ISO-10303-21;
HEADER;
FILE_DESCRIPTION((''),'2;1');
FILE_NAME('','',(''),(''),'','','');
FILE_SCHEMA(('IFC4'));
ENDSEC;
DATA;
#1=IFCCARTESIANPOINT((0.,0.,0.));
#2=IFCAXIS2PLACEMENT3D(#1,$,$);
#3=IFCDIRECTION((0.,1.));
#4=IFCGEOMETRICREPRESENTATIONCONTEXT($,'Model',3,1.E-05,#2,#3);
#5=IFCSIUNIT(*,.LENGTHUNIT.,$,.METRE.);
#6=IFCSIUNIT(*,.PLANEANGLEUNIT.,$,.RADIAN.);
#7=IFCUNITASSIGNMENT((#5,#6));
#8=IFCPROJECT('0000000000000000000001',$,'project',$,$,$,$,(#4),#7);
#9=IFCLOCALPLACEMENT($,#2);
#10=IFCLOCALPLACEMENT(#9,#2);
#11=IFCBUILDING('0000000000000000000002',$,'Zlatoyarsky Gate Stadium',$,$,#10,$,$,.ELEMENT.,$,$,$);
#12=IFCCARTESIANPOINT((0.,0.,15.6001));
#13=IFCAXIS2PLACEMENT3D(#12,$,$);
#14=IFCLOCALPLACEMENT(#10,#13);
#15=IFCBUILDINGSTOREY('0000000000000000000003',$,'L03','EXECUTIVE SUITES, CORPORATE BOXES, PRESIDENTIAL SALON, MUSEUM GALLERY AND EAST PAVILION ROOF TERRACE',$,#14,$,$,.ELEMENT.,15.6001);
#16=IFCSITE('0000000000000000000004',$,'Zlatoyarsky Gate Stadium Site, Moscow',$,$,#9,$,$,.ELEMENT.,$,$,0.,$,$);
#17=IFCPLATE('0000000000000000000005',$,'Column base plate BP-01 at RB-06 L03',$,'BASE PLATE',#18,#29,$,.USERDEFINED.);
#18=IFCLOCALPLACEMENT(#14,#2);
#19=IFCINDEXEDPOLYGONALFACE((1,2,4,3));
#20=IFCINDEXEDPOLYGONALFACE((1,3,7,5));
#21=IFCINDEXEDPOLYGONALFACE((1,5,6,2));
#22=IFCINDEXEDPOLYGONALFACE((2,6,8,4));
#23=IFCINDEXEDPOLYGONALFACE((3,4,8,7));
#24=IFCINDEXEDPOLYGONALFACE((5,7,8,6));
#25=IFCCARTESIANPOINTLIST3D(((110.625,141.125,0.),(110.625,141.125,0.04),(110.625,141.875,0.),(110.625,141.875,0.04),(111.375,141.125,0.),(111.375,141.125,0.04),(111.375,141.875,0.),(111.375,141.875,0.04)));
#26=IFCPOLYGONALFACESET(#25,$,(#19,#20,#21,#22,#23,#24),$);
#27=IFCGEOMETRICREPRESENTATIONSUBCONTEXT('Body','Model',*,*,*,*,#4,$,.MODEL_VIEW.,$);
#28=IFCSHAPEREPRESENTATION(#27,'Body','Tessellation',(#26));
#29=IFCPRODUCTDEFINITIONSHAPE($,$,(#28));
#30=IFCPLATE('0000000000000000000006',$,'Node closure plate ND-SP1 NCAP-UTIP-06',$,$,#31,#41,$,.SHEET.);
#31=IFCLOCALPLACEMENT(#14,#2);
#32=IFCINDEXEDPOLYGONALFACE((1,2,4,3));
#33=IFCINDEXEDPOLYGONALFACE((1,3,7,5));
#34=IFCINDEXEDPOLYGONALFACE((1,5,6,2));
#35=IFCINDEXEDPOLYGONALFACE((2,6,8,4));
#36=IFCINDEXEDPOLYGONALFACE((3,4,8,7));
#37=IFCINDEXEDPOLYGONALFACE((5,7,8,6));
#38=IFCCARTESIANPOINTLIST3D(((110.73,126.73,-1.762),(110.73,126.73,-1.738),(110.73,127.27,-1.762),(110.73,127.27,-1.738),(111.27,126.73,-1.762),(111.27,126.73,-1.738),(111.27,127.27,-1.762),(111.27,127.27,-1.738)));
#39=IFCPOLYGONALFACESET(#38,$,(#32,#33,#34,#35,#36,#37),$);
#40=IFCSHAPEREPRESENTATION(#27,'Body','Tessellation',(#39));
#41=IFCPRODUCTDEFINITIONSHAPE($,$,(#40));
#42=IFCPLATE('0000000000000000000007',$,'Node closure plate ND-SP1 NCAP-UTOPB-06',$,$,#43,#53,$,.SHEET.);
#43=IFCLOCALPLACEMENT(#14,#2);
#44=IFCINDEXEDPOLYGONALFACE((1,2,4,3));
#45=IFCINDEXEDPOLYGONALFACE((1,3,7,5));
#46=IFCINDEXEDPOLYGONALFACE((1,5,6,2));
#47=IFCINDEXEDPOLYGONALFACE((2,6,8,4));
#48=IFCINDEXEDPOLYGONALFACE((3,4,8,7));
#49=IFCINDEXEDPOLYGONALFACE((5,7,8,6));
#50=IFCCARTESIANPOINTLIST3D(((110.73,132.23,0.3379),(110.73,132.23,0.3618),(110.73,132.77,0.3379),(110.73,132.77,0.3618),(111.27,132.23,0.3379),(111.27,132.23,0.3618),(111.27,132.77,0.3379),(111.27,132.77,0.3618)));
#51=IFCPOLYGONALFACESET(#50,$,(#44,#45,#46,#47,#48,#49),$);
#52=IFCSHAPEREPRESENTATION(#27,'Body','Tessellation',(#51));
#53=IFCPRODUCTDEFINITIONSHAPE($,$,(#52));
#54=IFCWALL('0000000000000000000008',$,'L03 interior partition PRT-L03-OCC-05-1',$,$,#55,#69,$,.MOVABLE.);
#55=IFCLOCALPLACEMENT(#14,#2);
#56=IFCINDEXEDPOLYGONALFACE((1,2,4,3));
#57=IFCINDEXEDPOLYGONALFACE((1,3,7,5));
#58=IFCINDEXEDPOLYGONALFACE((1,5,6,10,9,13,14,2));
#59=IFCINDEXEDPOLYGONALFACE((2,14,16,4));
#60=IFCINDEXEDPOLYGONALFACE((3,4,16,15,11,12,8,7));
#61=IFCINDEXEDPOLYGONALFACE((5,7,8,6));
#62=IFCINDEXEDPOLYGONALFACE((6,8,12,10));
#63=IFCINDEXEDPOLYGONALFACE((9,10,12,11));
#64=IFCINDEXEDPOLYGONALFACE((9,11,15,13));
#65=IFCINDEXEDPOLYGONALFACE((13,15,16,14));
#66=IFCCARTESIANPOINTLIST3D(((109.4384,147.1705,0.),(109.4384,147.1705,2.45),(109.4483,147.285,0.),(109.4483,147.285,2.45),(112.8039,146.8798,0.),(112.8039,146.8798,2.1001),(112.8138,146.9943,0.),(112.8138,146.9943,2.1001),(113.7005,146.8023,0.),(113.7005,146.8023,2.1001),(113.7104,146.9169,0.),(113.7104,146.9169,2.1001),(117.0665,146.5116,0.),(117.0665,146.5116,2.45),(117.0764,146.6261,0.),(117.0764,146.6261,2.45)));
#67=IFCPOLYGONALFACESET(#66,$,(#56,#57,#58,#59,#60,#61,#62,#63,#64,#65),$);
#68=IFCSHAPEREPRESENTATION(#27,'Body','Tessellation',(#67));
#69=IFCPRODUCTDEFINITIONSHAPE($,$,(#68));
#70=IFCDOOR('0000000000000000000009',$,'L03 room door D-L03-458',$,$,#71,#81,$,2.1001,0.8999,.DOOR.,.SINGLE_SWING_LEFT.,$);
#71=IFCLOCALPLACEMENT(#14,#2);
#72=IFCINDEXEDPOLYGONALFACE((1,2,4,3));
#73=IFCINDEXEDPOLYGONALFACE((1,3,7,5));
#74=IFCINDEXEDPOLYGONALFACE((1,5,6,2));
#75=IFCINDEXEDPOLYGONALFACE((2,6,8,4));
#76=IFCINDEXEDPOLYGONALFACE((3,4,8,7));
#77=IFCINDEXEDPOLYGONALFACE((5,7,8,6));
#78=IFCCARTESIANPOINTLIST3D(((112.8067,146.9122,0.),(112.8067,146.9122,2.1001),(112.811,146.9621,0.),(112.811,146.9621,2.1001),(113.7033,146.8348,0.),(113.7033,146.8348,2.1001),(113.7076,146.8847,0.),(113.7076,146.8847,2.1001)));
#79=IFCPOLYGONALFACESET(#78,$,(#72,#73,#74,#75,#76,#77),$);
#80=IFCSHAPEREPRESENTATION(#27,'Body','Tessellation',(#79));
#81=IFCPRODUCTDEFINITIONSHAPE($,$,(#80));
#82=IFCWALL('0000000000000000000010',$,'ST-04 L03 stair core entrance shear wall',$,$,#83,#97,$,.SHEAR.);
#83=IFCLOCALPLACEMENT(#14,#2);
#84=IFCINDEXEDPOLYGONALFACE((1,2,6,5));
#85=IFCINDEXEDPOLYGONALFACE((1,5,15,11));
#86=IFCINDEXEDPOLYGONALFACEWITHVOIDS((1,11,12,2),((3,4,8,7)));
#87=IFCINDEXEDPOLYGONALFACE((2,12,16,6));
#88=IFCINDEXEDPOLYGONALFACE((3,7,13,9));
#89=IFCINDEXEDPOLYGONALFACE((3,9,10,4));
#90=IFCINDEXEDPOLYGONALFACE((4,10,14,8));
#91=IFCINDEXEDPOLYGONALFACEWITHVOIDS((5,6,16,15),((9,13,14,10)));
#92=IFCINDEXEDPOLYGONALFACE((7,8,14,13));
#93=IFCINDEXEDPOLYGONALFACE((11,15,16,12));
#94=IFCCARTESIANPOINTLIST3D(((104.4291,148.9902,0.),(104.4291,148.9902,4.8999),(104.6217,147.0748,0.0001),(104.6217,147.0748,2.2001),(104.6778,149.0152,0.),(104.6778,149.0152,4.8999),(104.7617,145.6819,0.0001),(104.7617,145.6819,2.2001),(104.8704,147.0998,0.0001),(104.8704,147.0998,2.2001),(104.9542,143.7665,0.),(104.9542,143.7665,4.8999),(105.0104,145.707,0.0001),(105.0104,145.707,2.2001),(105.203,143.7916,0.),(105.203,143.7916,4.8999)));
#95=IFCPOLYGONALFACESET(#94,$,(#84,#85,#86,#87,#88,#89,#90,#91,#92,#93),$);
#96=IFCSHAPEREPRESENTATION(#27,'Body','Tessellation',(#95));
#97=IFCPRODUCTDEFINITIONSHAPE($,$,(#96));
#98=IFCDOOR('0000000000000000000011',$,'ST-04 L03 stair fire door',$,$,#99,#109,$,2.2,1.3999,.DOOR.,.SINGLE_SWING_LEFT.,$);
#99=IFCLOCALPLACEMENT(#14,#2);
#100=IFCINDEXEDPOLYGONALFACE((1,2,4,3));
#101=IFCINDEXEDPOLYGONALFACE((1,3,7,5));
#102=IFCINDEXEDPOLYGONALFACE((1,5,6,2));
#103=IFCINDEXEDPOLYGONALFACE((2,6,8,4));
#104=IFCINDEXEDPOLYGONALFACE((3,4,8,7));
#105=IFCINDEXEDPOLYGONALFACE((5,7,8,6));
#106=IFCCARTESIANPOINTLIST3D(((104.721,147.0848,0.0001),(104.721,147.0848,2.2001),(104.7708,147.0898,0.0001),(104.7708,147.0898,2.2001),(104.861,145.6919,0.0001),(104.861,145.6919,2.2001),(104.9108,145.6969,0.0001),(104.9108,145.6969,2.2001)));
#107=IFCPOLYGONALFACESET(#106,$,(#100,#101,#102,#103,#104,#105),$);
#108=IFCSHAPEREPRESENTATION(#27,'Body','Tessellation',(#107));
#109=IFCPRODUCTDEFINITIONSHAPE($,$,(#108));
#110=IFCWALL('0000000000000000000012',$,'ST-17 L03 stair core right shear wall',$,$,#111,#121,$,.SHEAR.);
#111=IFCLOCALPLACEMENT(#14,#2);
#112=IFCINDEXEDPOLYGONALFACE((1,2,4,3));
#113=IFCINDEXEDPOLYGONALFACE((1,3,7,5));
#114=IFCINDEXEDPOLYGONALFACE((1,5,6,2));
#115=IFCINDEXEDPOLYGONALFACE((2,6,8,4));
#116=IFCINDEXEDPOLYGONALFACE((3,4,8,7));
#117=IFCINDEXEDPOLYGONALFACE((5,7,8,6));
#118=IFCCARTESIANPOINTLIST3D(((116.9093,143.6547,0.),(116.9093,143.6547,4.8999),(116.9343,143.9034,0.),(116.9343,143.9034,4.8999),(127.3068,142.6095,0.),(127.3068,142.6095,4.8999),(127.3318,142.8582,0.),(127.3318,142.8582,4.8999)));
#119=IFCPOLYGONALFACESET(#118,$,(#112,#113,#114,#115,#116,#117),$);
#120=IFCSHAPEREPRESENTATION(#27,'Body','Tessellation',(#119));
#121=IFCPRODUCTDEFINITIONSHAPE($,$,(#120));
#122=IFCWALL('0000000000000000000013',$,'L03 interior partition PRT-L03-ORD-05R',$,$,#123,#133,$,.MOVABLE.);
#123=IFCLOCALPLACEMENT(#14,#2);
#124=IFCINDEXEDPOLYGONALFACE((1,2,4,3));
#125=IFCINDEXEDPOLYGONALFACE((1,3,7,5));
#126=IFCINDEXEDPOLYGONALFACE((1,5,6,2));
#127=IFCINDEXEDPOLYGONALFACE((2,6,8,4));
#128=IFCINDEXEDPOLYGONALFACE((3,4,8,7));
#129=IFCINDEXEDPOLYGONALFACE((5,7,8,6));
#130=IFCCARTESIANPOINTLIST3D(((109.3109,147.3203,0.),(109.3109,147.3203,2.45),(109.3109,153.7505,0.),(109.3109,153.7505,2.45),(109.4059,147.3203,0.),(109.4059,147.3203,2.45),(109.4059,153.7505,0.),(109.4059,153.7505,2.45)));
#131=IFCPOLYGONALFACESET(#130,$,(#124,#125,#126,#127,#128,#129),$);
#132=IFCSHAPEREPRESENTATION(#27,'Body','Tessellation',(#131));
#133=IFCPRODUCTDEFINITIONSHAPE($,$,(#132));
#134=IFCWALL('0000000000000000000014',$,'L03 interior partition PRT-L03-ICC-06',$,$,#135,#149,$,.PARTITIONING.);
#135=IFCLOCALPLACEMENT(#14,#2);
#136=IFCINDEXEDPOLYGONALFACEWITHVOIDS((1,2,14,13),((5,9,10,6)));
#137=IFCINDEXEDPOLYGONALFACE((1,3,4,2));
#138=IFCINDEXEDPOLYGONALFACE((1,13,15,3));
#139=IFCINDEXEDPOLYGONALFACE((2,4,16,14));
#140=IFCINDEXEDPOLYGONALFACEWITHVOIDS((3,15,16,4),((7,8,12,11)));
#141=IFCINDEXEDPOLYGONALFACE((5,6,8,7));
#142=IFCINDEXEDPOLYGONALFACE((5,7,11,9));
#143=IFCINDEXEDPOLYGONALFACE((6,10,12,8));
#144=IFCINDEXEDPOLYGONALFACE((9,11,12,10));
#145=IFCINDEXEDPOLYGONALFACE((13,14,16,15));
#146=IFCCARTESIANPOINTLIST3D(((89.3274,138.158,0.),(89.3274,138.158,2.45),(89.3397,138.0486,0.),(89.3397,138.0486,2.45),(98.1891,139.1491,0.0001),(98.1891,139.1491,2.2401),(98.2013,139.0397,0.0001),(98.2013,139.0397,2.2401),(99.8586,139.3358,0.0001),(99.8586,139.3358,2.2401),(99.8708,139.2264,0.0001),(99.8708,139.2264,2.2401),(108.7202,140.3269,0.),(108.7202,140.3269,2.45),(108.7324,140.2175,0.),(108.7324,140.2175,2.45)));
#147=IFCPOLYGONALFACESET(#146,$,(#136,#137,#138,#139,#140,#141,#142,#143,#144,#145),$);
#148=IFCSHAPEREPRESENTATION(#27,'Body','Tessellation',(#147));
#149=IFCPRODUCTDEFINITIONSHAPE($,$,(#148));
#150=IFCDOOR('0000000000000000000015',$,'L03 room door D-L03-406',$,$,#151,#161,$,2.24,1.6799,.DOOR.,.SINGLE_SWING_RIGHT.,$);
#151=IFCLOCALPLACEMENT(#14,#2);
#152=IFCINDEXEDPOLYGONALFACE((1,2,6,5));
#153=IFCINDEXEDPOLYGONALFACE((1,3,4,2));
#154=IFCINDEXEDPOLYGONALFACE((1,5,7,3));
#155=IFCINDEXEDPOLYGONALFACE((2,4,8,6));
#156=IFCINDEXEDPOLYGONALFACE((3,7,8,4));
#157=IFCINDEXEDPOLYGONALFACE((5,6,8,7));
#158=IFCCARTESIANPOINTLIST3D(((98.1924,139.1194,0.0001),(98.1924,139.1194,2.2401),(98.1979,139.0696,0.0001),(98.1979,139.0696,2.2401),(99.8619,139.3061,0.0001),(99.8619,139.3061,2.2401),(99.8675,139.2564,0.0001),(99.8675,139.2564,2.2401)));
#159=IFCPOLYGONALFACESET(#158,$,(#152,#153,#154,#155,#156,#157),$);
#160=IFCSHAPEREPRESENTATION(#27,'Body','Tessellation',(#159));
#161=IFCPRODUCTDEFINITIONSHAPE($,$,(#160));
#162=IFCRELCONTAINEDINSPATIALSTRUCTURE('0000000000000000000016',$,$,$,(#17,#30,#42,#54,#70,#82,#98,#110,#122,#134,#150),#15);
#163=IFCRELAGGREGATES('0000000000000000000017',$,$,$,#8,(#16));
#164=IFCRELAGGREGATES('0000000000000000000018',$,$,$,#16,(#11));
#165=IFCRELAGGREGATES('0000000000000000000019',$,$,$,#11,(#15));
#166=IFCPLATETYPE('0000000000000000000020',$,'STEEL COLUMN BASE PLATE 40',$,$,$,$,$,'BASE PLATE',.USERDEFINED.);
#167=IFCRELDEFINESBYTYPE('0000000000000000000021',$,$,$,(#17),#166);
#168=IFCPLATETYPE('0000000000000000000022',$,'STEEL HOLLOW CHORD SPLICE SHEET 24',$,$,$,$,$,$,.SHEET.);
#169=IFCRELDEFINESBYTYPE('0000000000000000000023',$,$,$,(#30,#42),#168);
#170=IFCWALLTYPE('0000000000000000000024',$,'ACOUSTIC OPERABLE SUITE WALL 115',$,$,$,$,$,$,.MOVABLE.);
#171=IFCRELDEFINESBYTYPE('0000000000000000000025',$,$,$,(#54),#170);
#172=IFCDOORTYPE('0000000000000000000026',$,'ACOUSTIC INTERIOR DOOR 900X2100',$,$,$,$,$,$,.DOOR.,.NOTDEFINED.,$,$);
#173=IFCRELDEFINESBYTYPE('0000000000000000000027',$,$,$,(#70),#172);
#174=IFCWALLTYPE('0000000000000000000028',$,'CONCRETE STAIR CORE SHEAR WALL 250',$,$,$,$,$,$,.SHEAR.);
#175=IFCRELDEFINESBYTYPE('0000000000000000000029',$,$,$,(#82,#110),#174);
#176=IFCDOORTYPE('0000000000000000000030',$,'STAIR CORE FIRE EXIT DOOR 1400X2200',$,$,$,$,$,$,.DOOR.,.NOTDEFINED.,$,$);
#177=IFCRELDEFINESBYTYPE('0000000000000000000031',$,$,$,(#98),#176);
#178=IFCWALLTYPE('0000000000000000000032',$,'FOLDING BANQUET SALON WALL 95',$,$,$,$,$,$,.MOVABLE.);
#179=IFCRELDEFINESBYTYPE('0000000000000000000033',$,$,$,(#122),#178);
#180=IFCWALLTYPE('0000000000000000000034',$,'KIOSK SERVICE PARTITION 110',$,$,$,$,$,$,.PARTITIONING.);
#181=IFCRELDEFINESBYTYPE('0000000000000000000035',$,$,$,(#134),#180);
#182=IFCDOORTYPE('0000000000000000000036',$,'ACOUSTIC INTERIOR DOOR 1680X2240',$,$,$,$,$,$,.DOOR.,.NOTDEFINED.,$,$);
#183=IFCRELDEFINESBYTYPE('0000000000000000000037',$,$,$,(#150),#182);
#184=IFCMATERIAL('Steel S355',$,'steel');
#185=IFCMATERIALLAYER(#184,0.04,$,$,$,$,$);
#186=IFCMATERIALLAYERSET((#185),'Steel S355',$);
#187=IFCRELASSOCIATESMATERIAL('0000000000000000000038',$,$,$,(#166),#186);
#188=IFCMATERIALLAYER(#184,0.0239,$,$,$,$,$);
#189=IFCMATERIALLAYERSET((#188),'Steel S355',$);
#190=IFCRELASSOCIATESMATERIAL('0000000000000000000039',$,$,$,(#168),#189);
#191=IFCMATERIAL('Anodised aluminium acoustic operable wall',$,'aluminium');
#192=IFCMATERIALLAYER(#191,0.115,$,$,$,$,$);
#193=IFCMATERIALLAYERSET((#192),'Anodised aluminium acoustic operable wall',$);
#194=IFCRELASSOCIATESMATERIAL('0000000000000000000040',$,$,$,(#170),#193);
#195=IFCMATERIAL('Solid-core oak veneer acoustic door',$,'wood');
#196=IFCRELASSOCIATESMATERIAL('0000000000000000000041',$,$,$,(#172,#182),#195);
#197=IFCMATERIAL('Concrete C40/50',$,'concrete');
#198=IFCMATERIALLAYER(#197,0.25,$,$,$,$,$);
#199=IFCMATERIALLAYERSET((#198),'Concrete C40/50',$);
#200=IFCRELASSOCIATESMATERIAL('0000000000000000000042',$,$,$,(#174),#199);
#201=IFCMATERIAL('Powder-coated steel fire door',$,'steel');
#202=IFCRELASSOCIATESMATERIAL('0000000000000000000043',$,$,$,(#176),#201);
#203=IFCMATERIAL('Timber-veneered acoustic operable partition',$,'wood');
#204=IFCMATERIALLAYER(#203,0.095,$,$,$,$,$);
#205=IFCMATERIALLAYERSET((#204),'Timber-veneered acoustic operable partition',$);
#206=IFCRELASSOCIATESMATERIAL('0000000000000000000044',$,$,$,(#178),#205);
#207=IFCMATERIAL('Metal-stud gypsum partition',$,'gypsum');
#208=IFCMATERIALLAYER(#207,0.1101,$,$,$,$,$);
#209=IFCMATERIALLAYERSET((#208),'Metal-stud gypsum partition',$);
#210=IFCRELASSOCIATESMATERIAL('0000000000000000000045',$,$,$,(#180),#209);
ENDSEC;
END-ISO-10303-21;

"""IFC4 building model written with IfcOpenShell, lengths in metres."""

from ifc_helpers import new_model, si_unit, direction, frame, frame_2d, origin, origin_2d, place, context, subcontext, project, spatial, rectangle, extrude, material, layer, layer_set, type_object, element, fill, save


model = new_model("IFC4")

# Units and contexts
model_context = context("Model", 3, precision=1e-05, world=origin(), true_north=direction((0.0, 1.0)))
body_context = subcontext(model_context, "Body", "Model", "MODEL_VIEW")
ifc_project = project(units=[si_unit("LENGTHUNIT", "METRE"), si_unit("PLANEANGLEUNIT", "RADIAN")], contexts=[model_context])

# Site, building, storey
site_placement = place(None, origin())
site = spatial("IfcSite", under=ifc_project, at=site_placement, Name="Zlatoyarsky Gate Stadium Site, Moscow", CompositionType="ELEMENT", RefElevation=0.0)
building_placement = place(site_placement, origin())
building = spatial("IfcBuilding", under=site, at=building_placement, Name="Zlatoyarsky Gate Stadium", CompositionType="ELEMENT")
storey_placement = place(building_placement, frame((0.0, 0.0, 15.6001)))
storey = spatial("IfcBuildingStorey", under=building, at=storey_placement, Name="L03", Description="EXECUTIVE SUITES, CORPORATE BOXES, PRESIDENTIAL SALON, MUSEUM GALLERY AND EAST PAVILION ROOF TERRACE", CompositionType="ELEMENT", Elevation=15.6001)

# Shared definitions
ifc_material_1 = material(Name="Steel S355", Category="steel")

# Plates
ifc_layer_1 = layer(ifc_material_1, 0.04)
ifc_layer_set_1 = layer_set([ifc_layer_1], Name="Steel S355")
plate_type_1 = type_object("IfcPlateType", Name="STEEL COLUMN BASE PLATE 40", ElementType="BASE PLATE", PredefinedType="USERDEFINED", material=ifc_layer_set_1)
plate_placement = place(storey_placement, frame((111.0, 141.5, 0.0), z_axis=(0.0, 0.0, 1.0), x_axis=(1.0, 0.0, 0.0)))
element("IfcPlate", 1, at=plate_placement, inside=storey, type_object=plate_type_1, Name="Column base plate BP-01 at RB-06 L03", ObjectType="BASE PLATE", PredefinedType="USERDEFINED", context=body_context, shape_type="SweptSolid", body=[
    extrude(rectangle(XDim=0.75, YDim=0.75, at=origin_2d()), origin(), (0.0, 0.0, 1.0), 0.04),
])
ifc_layer_2 = layer(ifc_material_1, 0.0239)
ifc_layer_set_2 = layer_set([ifc_layer_2], Name="Steel S355")
plate_type_2 = type_object("IfcPlateType", Name="STEEL HOLLOW CHORD SPLICE SHEET 24", PredefinedType="SHEET", material=ifc_layer_set_2)
for number, where, z_axis, x_axis, name in (
    (2, (111.0, 127.0, -1.762), (0.0, 0.0, 1.0), (1.0, 0.0, 0.0), "Node closure plate ND-SP1 NCAP-UTIP-06"),
    (3, (111.0, 132.5, 0.3379), (0.0, 0.0, 1.0), (1.0, 0.0, 0.0), "Node closure plate ND-SP1 NCAP-UTOPB-06"),
):
    element("IfcPlate", number, at=place(storey_placement, frame(where, z_axis=z_axis, x_axis=x_axis)), inside=storey, type_object=plate_type_2, Name=name, PredefinedType="SHEET", context=body_context, shape_type="SweptSolid", body=[
        extrude(rectangle(XDim=0.54, YDim=0.54, at=origin_2d()), origin(), (0.0, 0.0, 1.0), 0.0239),
    ])

# Walls, openings, doors
ifc_material_2 = material(Name="Anodised aluminium acoustic operable wall", Category="aluminium")
ifc_layer_3 = layer(ifc_material_2, 0.115)
ifc_layer_set_3 = layer_set([ifc_layer_3], Name="Anodised aluminium acoustic operable wall")
wall_type_1 = type_object("IfcWallType", Name="ACOUSTIC OPERABLE SUITE WALL 115", PredefinedType="MOVABLE", material=ifc_layer_set_3)
wall_1_placement = place(storey_placement, frame((117.0713, 146.5688, 0.0), z_axis=(0.0, 0.0, 1.0), x_axis=(-0.99629, 0.086061, 0.0)))
wall_1 = element("IfcWall", 4, at=wall_1_placement, inside=storey, type_object=wall_type_1, Name="L03 interior partition PRT-L03-OCC-05-1", PredefinedType="MOVABLE", context=body_context, shape_type="SweptSolid", body=[
    extrude(rectangle(XDim=7.6565, YDim=0.115, at=frame_2d((3.8281, 0.0))), origin(), (0.0, 0.0, 1.0), 2.45),
])
opening_1_placement = place(wall_1_placement, frame((3.3784, 0.0, 0.0)))
opening_1 = element("IfcOpeningElement", 5, at=opening_1_placement, cuts=wall_1, PredefinedType="OPENING", context=body_context, shape_type="SweptSolid", body=[
    extrude(rectangle(XDim=0.8999, YDim=2.1001, at=frame_2d((0.45, 1.05))), frame((0.0, 0.0674, 0.0), z_axis=(0.0, -1.0, 0.0), x_axis=(1.0, 0.0, 0.0)), (0.0, 0.0, 1.0), 0.135),
])
ifc_material_3 = material(Name="Solid-core oak veneer acoustic door", Category="wood")
door_type_1 = type_object("IfcDoorType", Name="ACOUSTIC INTERIOR DOOR 900X2100", OperationType="NOTDEFINED", PredefinedType="DOOR", material=ifc_material_3)
door_1_placement = place(opening_1_placement, origin())
door_1 = element("IfcDoor", 6, at=door_1_placement, inside=storey, type_object=door_type_1, Name="L03 room door D-L03-458", OperationType="SINGLE_SWING_LEFT", OverallHeight=2.1001, OverallWidth=0.8999, PredefinedType="DOOR", context=body_context, shape_type="SweptSolid", body=[
    extrude(rectangle(XDim=0.8999, YDim=2.1001, at=frame_2d((0.45, 1.05))), frame((0.0, 0.0249, 0.0), z_axis=(0.0, -1.0, 0.0), x_axis=(1.0, 0.0, 0.0)), (0.0, 0.0, 1.0), 0.05),
])
fill(opening_1, door_1)
ifc_material_4 = material(Name="Concrete C40/50", Category="concrete")
ifc_layer_4 = layer(ifc_material_4, 0.25)
ifc_layer_set_4 = layer_set([ifc_layer_4], Name="Concrete C40/50")
wall_type_2 = type_object("IfcWallType", Name="CONCRETE STAIR CORE SHEAR WALL 250", PredefinedType="SHEAR", material=ifc_layer_set_4)
wall_2_placement = place(storey_placement, frame((105.0786, 143.7791, 0.0), z_axis=(0.0, 0.0, 1.0), x_axis=(-0.100029, 0.994985, 0.0)))
wall_2 = element("IfcWall", 7, at=wall_2_placement, inside=storey, type_object=wall_type_2, Name="ST-04 L03 stair core entrance shear wall", PredefinedType="SHEAR", context=body_context, shape_type="SweptSolid", body=[
    extrude(rectangle(XDim=5.25, YDim=0.25, at=frame_2d((2.625, 0.0))), origin(), (0.0, 0.0, 1.0), 4.8999),
])
opening_2_placement = place(wall_2_placement, frame((1.925, 0.0, 0.0)))
opening_2 = element("IfcOpeningElement", 8, at=opening_2_placement, cuts=wall_2, PredefinedType="OPENING", context=body_context, shape_type="SweptSolid", body=[
    extrude(rectangle(XDim=1.3999, YDim=2.2, at=frame_2d((0.7, 1.1001))), frame((0.0, 0.135, 0.0), z_axis=(0.0, -1.0, 0.0), x_axis=(1.0, 0.0, 0.0)), (0.0, 0.0, 1.0), 0.27),
])
ifc_material_5 = material(Name="Powder-coated steel fire door", Category="steel")
door_type_2 = type_object("IfcDoorType", Name="STAIR CORE FIRE EXIT DOOR 1400X2200", OperationType="NOTDEFINED", PredefinedType="DOOR", material=ifc_material_5)
door_2_placement = place(opening_2_placement, frame((1.3999, 0.0, 0.0), z_axis=(0.0, 0.0, 1.0), x_axis=(-1.0, 0.0, 0.0)))
door_2 = element("IfcDoor", 9, at=door_2_placement, inside=storey, type_object=door_type_2, Name="ST-04 L03 stair fire door", OperationType="SINGLE_SWING_LEFT", OverallHeight=2.2, OverallWidth=1.3999, PredefinedType="DOOR", context=body_context, shape_type="SweptSolid", body=[
    extrude(rectangle(XDim=1.3999, YDim=2.2, at=frame_2d((0.7, 1.1001))), frame((0.0, 0.0249, 0.0), z_axis=(0.0, -1.0, 0.0), x_axis=(1.0, 0.0, 0.0)), (0.0, 0.0, 1.0), 0.05),
])
fill(opening_2, door_2)

# Walls
wall_3_placement = place(storey_placement, frame((116.9216, 143.7791, 0.0), z_axis=(0.0, 0.0, 1.0), x_axis=(0.994986, -0.100017, 0.0)))
element("IfcWall", 10, at=wall_3_placement, inside=storey, type_object=wall_type_2, Name="ST-17 L03 stair core right shear wall", PredefinedType="SHEAR", context=body_context, shape_type="SweptSolid", body=[
    extrude(rectangle(XDim=10.45, YDim=0.25, at=frame_2d((5.2251, 0.0))), origin(), (0.0, 0.0, 1.0), 4.8999),
])
ifc_material_6 = material(Name="Timber-veneered acoustic operable partition", Category="wood")
ifc_layer_5 = layer(ifc_material_6, 0.095)
ifc_layer_set_5 = layer_set([ifc_layer_5], Name="Timber-veneered acoustic operable partition")
wall_type_3 = type_object("IfcWallType", Name="FOLDING BANQUET SALON WALL 95", PredefinedType="MOVABLE", material=ifc_layer_set_5)
wall_4_placement = place(storey_placement, frame((109.3584, 147.3203, 0.0), z_axis=(0.0, 0.0, 1.0), x_axis=(0.0, 1.0, 0.0)))
element("IfcWall", 11, at=wall_4_placement, inside=storey, type_object=wall_type_3, Name="L03 interior partition PRT-L03-ORD-05R", PredefinedType="MOVABLE", context=body_context, shape_type="SweptSolid", body=[
    extrude(rectangle(XDim=6.4302, YDim=0.095, at=frame_2d((3.2151, 0.0))), origin(), (0.0, 0.0, 1.0), 2.45),
])

# Wall, opening, door
ifc_material_7 = material(Name="Metal-stud gypsum partition", Category="gypsum")
ifc_layer_6 = layer(ifc_material_7, 0.1101)
ifc_layer_set_6 = layer_set([ifc_layer_6], Name="Metal-stud gypsum partition")
wall_type_4 = type_object("IfcWallType", Name="KIOSK SERVICE PARTITION 110", PredefinedType="PARTITIONING", material=ifc_layer_set_6)
wall_5_placement = place(storey_placement, frame((108.7263, 140.2722, 0.0), z_axis=(0.0, 0.0, 1.0), x_axis=(-0.993804, -0.11115, 0.0)))
wall_5 = element("IfcWall", 12, at=wall_5_placement, inside=storey, type_object=wall_type_4, Name="L03 interior partition PRT-L03-ICC-06", PredefinedType="PARTITIONING", context=body_context, shape_type="SweptSolid", body=[
    extrude(rectangle(XDim=19.5137, YDim=0.1101, at=frame_2d((9.7568, 0.0))), origin(), (0.0, 0.0, 1.0), 2.45),
])
opening_3_placement = place(wall_5_placement, frame((8.917, 0.0, 0.0)))
opening_3 = element("IfcOpeningElement", 13, at=opening_3_placement, cuts=wall_5, PredefinedType="OPENING", context=body_context, shape_type="SweptSolid", body=[
    extrude(rectangle(XDim=1.6799, YDim=2.24, at=frame_2d((0.8398, 1.1201))), frame((0.0, 0.0649, 0.0), z_axis=(0.0, -1.0, 0.0), x_axis=(1.0, 0.0, 0.0)), (0.0, 0.0, 1.0), 0.1301),
])
door_type_3 = type_object("IfcDoorType", Name="ACOUSTIC INTERIOR DOOR 1680X2240", OperationType="NOTDEFINED", PredefinedType="DOOR", material=ifc_material_3)
door_3_placement = place(opening_3_placement, origin())
door_3 = element("IfcDoor", 14, at=door_3_placement, inside=storey, type_object=door_type_3, Name="L03 room door D-L03-406", OperationType="SINGLE_SWING_RIGHT", OverallHeight=2.24, OverallWidth=1.6799, PredefinedType="DOOR", context=body_context, shape_type="SweptSolid", body=[
    extrude(rectangle(XDim=1.6799, YDim=2.24, at=frame_2d((0.8398, 1.1201))), frame((0.0, 0.0249, 0.0), z_axis=(0.0, -1.0, 0.0), x_axis=(1.0, 0.0, 0.0)), (0.0, 0.0, 1.0), 0.05),
])
fill(opening_3, door_3)

save(model, "model.ifc")
